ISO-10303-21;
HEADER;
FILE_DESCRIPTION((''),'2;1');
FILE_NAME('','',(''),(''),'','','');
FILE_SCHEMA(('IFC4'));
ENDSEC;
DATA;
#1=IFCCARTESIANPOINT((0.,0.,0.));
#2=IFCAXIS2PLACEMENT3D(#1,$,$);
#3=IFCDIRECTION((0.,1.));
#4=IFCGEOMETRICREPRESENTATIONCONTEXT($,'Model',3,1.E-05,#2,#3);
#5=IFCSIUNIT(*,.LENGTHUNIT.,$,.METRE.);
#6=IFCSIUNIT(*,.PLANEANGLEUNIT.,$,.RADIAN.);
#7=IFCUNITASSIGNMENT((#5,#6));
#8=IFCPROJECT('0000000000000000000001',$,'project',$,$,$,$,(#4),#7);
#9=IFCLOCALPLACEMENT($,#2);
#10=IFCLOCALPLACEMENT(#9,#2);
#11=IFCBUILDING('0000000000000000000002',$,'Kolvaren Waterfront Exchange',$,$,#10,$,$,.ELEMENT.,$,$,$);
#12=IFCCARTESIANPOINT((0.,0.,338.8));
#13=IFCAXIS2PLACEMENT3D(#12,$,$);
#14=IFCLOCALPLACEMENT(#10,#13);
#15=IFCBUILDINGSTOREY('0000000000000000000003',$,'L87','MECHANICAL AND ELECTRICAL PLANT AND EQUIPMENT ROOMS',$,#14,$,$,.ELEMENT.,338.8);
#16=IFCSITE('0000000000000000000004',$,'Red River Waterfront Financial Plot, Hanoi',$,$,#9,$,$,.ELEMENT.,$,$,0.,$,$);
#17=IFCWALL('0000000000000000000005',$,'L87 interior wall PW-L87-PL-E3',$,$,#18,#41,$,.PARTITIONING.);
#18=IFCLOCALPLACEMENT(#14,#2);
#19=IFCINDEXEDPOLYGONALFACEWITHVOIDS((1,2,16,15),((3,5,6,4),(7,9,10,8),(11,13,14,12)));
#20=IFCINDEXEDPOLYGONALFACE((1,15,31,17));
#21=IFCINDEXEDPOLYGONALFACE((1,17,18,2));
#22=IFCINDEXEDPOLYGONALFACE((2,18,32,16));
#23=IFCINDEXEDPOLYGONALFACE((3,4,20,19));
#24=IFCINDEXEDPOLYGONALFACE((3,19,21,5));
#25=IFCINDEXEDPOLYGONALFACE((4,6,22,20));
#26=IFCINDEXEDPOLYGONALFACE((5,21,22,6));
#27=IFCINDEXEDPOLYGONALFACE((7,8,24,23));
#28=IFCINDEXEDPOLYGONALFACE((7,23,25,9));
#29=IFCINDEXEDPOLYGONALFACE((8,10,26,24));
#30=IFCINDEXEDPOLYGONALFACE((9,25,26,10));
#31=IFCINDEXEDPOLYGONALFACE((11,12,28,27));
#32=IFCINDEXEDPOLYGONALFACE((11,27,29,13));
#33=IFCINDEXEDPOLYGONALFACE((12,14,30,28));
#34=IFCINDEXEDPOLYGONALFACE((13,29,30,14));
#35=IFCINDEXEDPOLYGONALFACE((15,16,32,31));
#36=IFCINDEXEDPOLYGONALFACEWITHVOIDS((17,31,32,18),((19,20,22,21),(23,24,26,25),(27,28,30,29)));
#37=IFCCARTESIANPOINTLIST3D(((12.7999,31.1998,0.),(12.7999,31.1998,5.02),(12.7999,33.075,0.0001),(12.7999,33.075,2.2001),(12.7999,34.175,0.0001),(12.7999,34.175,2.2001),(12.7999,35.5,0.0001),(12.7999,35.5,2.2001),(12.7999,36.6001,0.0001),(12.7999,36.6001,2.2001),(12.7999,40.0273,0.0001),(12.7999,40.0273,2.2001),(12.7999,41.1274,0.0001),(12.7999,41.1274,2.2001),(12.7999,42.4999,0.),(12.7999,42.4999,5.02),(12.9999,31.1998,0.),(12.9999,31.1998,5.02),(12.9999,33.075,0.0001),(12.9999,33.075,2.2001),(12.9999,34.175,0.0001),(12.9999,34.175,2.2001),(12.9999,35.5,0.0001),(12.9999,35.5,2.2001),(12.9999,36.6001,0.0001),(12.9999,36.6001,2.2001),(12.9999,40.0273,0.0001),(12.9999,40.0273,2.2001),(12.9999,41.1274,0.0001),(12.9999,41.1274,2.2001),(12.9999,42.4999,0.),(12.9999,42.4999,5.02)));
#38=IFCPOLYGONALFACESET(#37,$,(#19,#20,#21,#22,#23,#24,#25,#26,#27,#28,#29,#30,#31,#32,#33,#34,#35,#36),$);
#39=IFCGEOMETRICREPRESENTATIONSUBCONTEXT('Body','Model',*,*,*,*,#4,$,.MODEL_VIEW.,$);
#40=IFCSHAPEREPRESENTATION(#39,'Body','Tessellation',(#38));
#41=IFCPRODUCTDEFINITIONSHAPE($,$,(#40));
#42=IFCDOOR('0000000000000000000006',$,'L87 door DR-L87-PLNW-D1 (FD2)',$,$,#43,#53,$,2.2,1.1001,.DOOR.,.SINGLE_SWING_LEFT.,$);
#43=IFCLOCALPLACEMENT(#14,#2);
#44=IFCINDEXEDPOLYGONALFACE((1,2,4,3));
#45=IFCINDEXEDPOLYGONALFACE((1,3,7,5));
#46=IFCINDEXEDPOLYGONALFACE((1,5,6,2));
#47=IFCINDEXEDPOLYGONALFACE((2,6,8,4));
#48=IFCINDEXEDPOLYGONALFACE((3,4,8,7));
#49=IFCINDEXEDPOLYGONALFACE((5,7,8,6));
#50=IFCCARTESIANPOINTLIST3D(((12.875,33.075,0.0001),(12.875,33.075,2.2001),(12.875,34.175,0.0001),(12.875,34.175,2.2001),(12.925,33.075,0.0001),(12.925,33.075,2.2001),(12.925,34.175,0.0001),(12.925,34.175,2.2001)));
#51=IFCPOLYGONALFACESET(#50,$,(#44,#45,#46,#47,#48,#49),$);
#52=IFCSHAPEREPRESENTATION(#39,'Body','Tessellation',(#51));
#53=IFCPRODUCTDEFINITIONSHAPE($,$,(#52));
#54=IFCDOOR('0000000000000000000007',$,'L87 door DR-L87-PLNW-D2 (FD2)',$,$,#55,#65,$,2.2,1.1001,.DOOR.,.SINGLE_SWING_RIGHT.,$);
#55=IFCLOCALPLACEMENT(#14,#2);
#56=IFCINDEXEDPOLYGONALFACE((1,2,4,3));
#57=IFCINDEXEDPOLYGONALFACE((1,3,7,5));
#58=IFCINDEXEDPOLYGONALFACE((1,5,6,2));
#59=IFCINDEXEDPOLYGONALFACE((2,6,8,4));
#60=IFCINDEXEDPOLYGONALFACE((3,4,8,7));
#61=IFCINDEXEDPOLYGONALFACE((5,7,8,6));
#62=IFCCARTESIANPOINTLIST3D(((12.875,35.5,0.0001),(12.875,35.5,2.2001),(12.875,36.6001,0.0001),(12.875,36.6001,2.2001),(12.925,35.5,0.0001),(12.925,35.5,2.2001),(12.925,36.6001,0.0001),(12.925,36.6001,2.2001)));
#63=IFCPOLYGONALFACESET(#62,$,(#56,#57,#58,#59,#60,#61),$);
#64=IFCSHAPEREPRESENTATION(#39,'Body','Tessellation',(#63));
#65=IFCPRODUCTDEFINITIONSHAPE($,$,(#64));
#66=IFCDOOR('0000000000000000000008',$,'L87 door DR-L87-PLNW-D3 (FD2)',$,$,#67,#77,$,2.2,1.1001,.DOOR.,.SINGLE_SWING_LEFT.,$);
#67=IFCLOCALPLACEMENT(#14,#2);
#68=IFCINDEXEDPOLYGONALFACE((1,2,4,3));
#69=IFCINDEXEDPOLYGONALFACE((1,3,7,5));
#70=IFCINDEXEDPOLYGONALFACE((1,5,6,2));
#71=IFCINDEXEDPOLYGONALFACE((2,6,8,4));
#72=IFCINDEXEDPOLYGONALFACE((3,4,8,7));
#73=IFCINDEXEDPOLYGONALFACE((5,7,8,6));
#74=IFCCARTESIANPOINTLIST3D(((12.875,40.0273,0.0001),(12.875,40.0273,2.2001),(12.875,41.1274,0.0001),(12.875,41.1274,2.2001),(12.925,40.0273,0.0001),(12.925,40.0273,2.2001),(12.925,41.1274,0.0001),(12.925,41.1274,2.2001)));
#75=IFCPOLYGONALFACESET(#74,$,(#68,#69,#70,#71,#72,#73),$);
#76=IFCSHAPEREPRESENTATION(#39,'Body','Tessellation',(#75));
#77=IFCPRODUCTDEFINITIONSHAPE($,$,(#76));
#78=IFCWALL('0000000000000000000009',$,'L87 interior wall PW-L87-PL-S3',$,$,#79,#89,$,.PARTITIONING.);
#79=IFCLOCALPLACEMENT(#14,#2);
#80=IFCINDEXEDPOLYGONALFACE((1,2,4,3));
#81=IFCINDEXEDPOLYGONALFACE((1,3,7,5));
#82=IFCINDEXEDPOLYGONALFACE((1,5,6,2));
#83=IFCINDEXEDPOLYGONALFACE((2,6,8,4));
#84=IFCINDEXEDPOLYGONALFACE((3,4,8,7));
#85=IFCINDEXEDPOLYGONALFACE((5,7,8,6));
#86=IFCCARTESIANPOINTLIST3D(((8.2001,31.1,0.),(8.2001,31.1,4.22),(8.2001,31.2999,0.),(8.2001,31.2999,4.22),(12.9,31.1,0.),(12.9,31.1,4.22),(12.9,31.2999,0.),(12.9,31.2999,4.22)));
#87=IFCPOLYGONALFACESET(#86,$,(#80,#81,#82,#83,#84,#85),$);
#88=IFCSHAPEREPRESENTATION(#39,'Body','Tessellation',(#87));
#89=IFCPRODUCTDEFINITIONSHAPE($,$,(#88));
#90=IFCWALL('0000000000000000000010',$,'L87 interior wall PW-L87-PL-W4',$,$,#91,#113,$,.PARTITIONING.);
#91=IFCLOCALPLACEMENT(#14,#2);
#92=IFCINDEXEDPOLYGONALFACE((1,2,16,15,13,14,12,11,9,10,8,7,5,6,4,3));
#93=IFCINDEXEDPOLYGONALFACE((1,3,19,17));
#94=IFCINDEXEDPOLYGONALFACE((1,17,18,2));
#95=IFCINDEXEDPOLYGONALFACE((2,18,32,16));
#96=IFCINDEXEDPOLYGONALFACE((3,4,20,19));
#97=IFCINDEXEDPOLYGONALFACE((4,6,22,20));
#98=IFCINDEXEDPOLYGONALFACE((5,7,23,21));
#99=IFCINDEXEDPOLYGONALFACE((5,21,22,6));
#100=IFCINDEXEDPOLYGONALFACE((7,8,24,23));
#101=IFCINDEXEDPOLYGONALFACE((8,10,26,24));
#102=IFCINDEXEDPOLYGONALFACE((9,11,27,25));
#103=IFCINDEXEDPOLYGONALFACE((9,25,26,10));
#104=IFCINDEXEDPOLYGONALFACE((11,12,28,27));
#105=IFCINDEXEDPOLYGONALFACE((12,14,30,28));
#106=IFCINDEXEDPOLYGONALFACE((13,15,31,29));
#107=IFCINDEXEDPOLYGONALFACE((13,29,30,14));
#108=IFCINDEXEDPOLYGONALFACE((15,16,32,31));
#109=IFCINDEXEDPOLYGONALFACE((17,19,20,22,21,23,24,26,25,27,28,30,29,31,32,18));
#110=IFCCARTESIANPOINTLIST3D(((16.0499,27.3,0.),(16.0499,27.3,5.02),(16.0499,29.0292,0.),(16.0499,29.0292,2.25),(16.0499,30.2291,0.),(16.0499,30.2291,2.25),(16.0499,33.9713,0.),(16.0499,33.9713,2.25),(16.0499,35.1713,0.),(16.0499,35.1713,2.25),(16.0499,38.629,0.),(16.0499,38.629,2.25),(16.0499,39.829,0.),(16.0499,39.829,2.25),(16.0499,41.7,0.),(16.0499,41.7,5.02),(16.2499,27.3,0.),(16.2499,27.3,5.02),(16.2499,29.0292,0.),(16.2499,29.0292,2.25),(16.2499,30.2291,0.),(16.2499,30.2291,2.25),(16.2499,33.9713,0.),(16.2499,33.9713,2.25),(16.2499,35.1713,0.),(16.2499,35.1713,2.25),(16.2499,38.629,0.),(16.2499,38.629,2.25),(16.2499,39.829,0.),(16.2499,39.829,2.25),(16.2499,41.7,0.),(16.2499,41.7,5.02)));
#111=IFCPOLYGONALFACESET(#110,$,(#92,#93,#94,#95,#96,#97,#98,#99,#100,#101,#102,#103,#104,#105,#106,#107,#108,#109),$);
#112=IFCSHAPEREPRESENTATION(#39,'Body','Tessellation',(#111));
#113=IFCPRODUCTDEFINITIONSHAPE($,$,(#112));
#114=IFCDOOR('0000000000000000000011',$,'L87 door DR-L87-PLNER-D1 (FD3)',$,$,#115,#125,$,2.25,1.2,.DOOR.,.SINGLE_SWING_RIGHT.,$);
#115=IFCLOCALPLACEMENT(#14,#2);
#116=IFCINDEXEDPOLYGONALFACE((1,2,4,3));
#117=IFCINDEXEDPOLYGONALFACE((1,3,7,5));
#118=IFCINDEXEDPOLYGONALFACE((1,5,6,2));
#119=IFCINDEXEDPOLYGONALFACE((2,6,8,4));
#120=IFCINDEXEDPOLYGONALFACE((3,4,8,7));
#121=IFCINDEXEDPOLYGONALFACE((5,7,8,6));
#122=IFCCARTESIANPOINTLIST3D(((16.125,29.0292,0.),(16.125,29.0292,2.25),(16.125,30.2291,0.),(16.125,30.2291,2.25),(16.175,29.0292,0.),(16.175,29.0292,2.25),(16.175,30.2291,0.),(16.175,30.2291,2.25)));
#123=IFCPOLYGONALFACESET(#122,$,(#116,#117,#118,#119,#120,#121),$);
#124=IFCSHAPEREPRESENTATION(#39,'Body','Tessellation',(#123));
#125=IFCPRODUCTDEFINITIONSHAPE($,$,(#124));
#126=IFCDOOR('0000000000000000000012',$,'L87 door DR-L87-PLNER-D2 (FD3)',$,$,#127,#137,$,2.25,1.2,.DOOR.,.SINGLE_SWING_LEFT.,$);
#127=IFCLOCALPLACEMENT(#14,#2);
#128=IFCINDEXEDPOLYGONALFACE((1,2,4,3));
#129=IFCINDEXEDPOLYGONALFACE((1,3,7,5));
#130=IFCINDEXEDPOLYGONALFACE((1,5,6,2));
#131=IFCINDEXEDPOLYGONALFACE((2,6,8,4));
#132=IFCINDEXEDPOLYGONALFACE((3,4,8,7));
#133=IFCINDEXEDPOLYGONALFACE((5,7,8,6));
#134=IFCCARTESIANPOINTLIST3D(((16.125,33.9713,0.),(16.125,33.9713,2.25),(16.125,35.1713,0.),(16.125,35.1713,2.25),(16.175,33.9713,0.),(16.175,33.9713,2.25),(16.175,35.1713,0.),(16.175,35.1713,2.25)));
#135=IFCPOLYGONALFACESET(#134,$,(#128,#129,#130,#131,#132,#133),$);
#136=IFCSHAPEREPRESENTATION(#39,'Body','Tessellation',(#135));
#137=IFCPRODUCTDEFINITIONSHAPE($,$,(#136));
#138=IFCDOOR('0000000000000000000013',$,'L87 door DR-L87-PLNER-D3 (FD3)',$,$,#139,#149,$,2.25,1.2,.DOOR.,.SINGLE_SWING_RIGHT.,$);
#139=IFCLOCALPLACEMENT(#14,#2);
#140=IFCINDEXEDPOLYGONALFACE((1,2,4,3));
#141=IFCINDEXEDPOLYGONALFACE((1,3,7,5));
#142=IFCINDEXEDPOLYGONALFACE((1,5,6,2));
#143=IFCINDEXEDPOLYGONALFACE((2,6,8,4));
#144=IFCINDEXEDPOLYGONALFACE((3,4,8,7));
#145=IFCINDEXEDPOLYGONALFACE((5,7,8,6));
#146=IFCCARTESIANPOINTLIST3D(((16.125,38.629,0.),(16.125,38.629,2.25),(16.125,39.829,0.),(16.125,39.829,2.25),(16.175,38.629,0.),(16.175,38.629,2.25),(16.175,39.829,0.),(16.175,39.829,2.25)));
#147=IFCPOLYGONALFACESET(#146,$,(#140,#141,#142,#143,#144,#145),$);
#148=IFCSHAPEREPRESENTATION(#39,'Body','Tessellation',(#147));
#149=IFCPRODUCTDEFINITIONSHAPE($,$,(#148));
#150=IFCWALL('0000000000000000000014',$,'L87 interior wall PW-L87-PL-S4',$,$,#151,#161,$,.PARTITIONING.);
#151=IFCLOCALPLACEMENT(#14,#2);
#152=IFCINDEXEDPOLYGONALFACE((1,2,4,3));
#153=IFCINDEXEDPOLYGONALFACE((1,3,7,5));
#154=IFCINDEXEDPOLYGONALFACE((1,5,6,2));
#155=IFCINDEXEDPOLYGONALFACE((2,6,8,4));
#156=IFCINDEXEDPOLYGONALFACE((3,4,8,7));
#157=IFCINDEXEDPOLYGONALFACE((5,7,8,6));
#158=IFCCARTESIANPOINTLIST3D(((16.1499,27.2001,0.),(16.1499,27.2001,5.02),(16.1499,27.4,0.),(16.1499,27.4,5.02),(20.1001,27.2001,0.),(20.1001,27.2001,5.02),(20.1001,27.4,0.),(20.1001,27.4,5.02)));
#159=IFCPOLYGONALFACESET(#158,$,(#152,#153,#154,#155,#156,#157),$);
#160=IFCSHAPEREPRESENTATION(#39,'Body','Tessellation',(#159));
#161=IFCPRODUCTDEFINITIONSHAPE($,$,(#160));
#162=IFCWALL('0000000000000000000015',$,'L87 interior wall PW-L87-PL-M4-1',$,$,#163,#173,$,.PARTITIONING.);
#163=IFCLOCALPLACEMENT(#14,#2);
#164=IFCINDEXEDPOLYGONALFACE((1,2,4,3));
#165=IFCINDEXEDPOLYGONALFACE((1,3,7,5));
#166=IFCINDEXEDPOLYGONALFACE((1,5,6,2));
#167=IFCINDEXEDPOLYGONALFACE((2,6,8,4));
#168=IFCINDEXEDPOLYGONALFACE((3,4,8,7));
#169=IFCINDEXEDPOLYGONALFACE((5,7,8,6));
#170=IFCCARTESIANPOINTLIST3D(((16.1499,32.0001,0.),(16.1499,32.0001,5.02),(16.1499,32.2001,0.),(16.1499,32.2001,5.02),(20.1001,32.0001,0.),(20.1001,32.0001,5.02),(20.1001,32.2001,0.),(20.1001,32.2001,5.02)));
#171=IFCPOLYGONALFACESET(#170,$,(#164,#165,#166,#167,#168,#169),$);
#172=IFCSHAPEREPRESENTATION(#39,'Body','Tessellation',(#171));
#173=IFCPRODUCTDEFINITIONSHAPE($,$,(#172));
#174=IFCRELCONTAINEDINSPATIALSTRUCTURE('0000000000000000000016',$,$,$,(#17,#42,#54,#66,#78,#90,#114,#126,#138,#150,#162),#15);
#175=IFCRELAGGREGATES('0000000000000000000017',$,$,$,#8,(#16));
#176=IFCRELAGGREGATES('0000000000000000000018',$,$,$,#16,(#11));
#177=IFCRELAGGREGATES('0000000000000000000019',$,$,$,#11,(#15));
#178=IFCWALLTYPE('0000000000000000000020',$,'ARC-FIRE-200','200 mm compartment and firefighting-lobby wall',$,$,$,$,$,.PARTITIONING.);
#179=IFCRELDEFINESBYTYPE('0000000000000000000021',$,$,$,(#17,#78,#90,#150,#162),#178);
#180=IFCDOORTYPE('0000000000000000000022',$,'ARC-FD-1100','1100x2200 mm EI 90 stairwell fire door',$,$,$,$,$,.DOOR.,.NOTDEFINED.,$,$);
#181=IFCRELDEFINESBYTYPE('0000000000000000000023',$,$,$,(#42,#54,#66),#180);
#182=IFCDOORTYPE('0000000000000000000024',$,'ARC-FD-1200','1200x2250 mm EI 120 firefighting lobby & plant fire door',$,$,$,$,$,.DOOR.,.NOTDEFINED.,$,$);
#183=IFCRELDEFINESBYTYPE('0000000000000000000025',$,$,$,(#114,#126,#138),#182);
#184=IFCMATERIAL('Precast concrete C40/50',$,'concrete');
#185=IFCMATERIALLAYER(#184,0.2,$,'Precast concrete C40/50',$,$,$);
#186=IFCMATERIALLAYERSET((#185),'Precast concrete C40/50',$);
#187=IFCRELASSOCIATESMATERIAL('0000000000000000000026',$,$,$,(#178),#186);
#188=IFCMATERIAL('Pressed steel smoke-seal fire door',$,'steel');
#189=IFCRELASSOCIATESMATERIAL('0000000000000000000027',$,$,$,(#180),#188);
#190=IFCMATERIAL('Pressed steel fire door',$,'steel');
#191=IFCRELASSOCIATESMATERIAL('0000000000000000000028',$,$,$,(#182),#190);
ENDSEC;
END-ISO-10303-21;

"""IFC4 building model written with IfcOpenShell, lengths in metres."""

from ifc_helpers import new_model, si_unit, direction, frame, frame_2d, origin, place, context, subcontext, project, spatial, rectangle, extrude, material, layer, layer_set, type_object, element, fill, save


model = new_model("IFC4")

# Units and contexts
model_context = context("Model", 3, precision=1e-05, world=origin(), true_north=direction((0.0, 1.0)))
body_context = subcontext(model_context, "Body", "Model", "MODEL_VIEW")
ifc_project = project(units=[si_unit("LENGTHUNIT", "METRE"), si_unit("PLANEANGLEUNIT", "RADIAN")], contexts=[model_context])

# Site, building, storey
site_placement = place(None, origin())
site = spatial("IfcSite", under=ifc_project, at=site_placement, Name="Red River Waterfront Financial Plot, Hanoi", CompositionType="ELEMENT", RefElevation=0.0)
building_placement = place(site_placement, origin())
building = spatial("IfcBuilding", under=site, at=building_placement, Name="Kolvaren Waterfront Exchange", CompositionType="ELEMENT")
storey_placement = place(building_placement, frame((0.0, 0.0, 338.8)))
storey = spatial("IfcBuildingStorey", under=building, at=storey_placement, Name="L87", Description="MECHANICAL AND ELECTRICAL PLANT AND EQUIPMENT ROOMS", CompositionType="ELEMENT", Elevation=338.8)

# Wall, openings, doors
ifc_material_1 = material(Name="Precast concrete C40/50", Category="concrete")
ifc_layer_1 = layer(ifc_material_1, 0.2, Name="Precast concrete C40/50")
ifc_layer_set_1 = layer_set([ifc_layer_1], Name="Precast concrete C40/50")
wall_type_1 = type_object("IfcWallType", Name="ARC-FIRE-200", Description="200 mm compartment and firefighting-lobby wall", PredefinedType="PARTITIONING", material=ifc_layer_set_1)
wall_1_placement = place(storey_placement, frame((12.8999, 31.2, 0.0), z_axis=(0.0, 0.0, 1.0), x_axis=(0.0, 1.0, 0.0)))
wall_1 = element("IfcWall", 1, at=wall_1_placement, inside=storey, type_object=wall_type_1, Name="L87 interior wall PW-L87-PL-E3", PredefinedType="PARTITIONING", context=body_context, shape_type="SweptSolid", body=[
    extrude(rectangle(XDim=11.3, YDim=0.2, at=frame_2d((5.6499, 0.0))), origin(), (0.0, 0.0, 1.0), 5.02),
])
opening_1_placement = place(wall_1_placement, frame((1.875, 0.0, 0.0)))
opening_1 = element("IfcOpeningElement", 2, at=opening_1_placement, cuts=wall_1, PredefinedType="OPENING", context=body_context, shape_type="SweptSolid", body=[
    extrude(rectangle(XDim=1.1001, YDim=2.2, at=frame_2d((0.55, 1.1001))), frame((0.0, 0.1099, 0.0), z_axis=(0.0, -1.0, 0.0), x_axis=(1.0, 0.0, 0.0)), (0.0, 0.0, 1.0), 0.22),
])
opening_2_placement = place(wall_1_placement, frame((4.3, 0.0, 0.0)))
opening_2 = element("IfcOpeningElement", 3, at=opening_2_placement, cuts=wall_1, PredefinedType="OPENING", context=body_context, shape_type="SweptSolid", body=[
    extrude(rectangle(XDim=1.1001, YDim=2.2, at=frame_2d((0.55, 1.1001))), frame((0.0, 0.1099, 0.0), z_axis=(0.0, -1.0, 0.0), x_axis=(1.0, 0.0, 0.0)), (0.0, 0.0, 1.0), 0.22),
])
opening_3_placement = place(wall_1_placement, frame((8.8274, 0.0, 0.0)))
opening_3 = element("IfcOpeningElement", 4, at=opening_3_placement, cuts=wall_1, PredefinedType="OPENING", context=body_context, shape_type="SweptSolid", body=[
    extrude(rectangle(XDim=1.1001, YDim=2.2, at=frame_2d((0.55, 1.1001))), frame((0.0, 0.1099, 0.0), z_axis=(0.0, -1.0, 0.0), x_axis=(1.0, 0.0, 0.0)), (0.0, 0.0, 1.0), 0.22),
])
ifc_material_2 = material(Name="Pressed steel smoke-seal fire door", Category="steel")
door_type_1 = type_object("IfcDoorType", Name="ARC-FD-1100", Description="1100x2200 mm EI 90 stairwell fire door", OperationType="NOTDEFINED", PredefinedType="DOOR", material=ifc_material_2)
door_1_placement = place(opening_1_placement, origin())
door_1 = element("IfcDoor", 5, at=door_1_placement, inside=storey, type_object=door_type_1, Name="L87 door DR-L87-PLNW-D1 (FD2)", OperationType="SINGLE_SWING_LEFT", OverallHeight=2.2, OverallWidth=1.1001, PredefinedType="DOOR", context=body_context, shape_type="SweptSolid", body=[
    extrude(rectangle(XDim=1.1001, YDim=2.2, at=frame_2d((0.55, 1.1001))), frame((0.0, 0.0249, 0.0), z_axis=(0.0, -1.0, 0.0), x_axis=(1.0, 0.0, 0.0)), (0.0, 0.0, 1.0), 0.05),
])
fill(opening_1, door_1)
door_2_placement = place(opening_2_placement, origin())
door_2 = element("IfcDoor", 6, at=door_2_placement, inside=storey, type_object=door_type_1, Name="L87 door DR-L87-PLNW-D2 (FD2)", OperationType="SINGLE_SWING_RIGHT", OverallHeight=2.2, OverallWidth=1.1001, PredefinedType="DOOR", context=body_context, shape_type="SweptSolid", body=[
    extrude(rectangle(XDim=1.1001, YDim=2.2, at=frame_2d((0.55, 1.1001))), frame((0.0, 0.0249, 0.0), z_axis=(0.0, -1.0, 0.0), x_axis=(1.0, 0.0, 0.0)), (0.0, 0.0, 1.0), 0.05),
])
fill(opening_2, door_2)
door_3_placement = place(opening_3_placement, origin())
door_3 = element("IfcDoor", 7, at=door_3_placement, inside=storey, type_object=door_type_1, Name="L87 door DR-L87-PLNW-D3 (FD2)", OperationType="SINGLE_SWING_LEFT", OverallHeight=2.2, OverallWidth=1.1001, PredefinedType="DOOR", context=body_context, shape_type="SweptSolid", body=[
    extrude(rectangle(XDim=1.1001, YDim=2.2, at=frame_2d((0.55, 1.1001))), frame((0.0, 0.0249, 0.0), z_axis=(0.0, -1.0, 0.0), x_axis=(1.0, 0.0, 0.0)), (0.0, 0.0, 1.0), 0.05),
])
fill(opening_3, door_3)

# Wall
wall_2_placement = place(storey_placement, frame((8.2, 31.2, 0.0), z_axis=(0.0, 0.0, 1.0), x_axis=(1.0, 0.0, 0.0)))
element("IfcWall", 8, at=wall_2_placement, inside=storey, type_object=wall_type_1, Name="L87 interior wall PW-L87-PL-S3", PredefinedType="PARTITIONING", context=body_context, shape_type="SweptSolid", body=[
    extrude(rectangle(XDim=4.7, YDim=0.2, at=frame_2d((2.3501, 0.0))), origin(), (0.0, 0.0, 1.0), 4.22),
])

# Wall, openings, doors
wall_3_placement = place(storey_placement, frame((16.1499, 27.3, 0.0), z_axis=(0.0, 0.0, 1.0), x_axis=(0.0, 1.0, 0.0)))
wall_3 = element("IfcWall", 9, at=wall_3_placement, inside=storey, type_object=wall_type_1, Name="L87 interior wall PW-L87-PL-W4", PredefinedType="PARTITIONING", context=body_context, shape_type="SweptSolid", body=[
    extrude(rectangle(XDim=14.3999, YDim=0.2, at=frame_2d((7.2, 0.0))), origin(), (0.0, 0.0, 1.0), 5.02),
])
opening_4_placement = place(wall_3_placement, frame((1.729, 0.0, 0.0)))
opening_4 = element("IfcOpeningElement", 10, at=opening_4_placement, cuts=wall_3, PredefinedType="OPENING", context=body_context, shape_type="SweptSolid", body=[
    extrude(rectangle(XDim=1.2, YDim=2.25, at=frame_2d((0.6001, 1.125))), frame((0.0, 0.1099, 0.0), z_axis=(0.0, -1.0, 0.0), x_axis=(1.0, 0.0, 0.0)), (0.0, 0.0, 1.0), 0.22),
])
opening_5_placement = place(wall_3_placement, frame((6.6711, 0.0, 0.0)))
opening_5 = element("IfcOpeningElement", 11, at=opening_5_placement, cuts=wall_3, PredefinedType="OPENING", context=body_context, shape_type="SweptSolid", body=[
    extrude(rectangle(XDim=1.2, YDim=2.25, at=frame_2d((0.6001, 1.125))), frame((0.0, 0.1099, 0.0), z_axis=(0.0, -1.0, 0.0), x_axis=(1.0, 0.0, 0.0)), (0.0, 0.0, 1.0), 0.22),
])
opening_6_placement = place(wall_3_placement, frame((11.3289, 0.0, 0.0)))
opening_6 = element("IfcOpeningElement", 12, at=opening_6_placement, cuts=wall_3, PredefinedType="OPENING", context=body_context, shape_type="SweptSolid", body=[
    extrude(rectangle(XDim=1.2, YDim=2.25, at=frame_2d((0.6001, 1.125))), frame((0.0, 0.1099, 0.0), z_axis=(0.0, -1.0, 0.0), x_axis=(1.0, 0.0, 0.0)), (0.0, 0.0, 1.0), 0.22),
])
ifc_material_3 = material(Name="Pressed steel fire door", Category="steel")
door_type_2 = type_object("IfcDoorType", Name="ARC-FD-1200", Description="1200x2250 mm EI 120 firefighting lobby & plant fire door", OperationType="NOTDEFINED", PredefinedType="DOOR", material=ifc_material_3)
door_4_placement = place(opening_4_placement, origin())
door_4 = element("IfcDoor", 13, at=door_4_placement, inside=storey, type_object=door_type_2, Name="L87 door DR-L87-PLNER-D1 (FD3)", OperationType="SINGLE_SWING_RIGHT", OverallHeight=2.25, OverallWidth=1.2, PredefinedType="DOOR", context=body_context, shape_type="SweptSolid", body=[
    extrude(rectangle(XDim=1.2, YDim=2.25, at=frame_2d((0.6001, 1.125))), frame((0.0, 0.0249, 0.0), z_axis=(0.0, -1.0, 0.0), x_axis=(1.0, 0.0, 0.0)), (0.0, 0.0, 1.0), 0.05),
])
fill(opening_4, door_4)
door_5_placement = place(opening_5_placement, origin())
door_5 = element("IfcDoor", 14, at=door_5_placement, inside=storey, type_object=door_type_2, Name="L87 door DR-L87-PLNER-D2 (FD3)", OperationType="SINGLE_SWING_LEFT", OverallHeight=2.25, OverallWidth=1.2, PredefinedType="DOOR", context=body_context, shape_type="SweptSolid", body=[
    extrude(rectangle(XDim=1.2, YDim=2.25, at=frame_2d((0.6001, 1.125))), frame((0.0, 0.0249, 0.0), z_axis=(0.0, -1.0, 0.0), x_axis=(1.0, 0.0, 0.0)), (0.0, 0.0, 1.0), 0.05),
])
fill(opening_5, door_5)
door_6_placement = place(opening_6_placement, origin())
door_6 = element("IfcDoor", 15, at=door_6_placement, inside=storey, type_object=door_type_2, Name="L87 door DR-L87-PLNER-D3 (FD3)", OperationType="SINGLE_SWING_RIGHT", OverallHeight=2.25, OverallWidth=1.2, PredefinedType="DOOR", context=body_context, shape_type="SweptSolid", body=[
    extrude(rectangle(XDim=1.2, YDim=2.25, at=frame_2d((0.6001, 1.125))), frame((0.0, 0.0249, 0.0), z_axis=(0.0, -1.0, 0.0), x_axis=(1.0, 0.0, 0.0)), (0.0, 0.0, 1.0), 0.05),
])
fill(opening_6, door_6)

# Walls
for number, where, z_axis, x_axis, name in (
    (16, (16.1499, 27.3, 0.0), (0.0, 0.0, 1.0), (1.0, 0.0, 0.0), "L87 interior wall PW-L87-PL-S4"),
    (17, (16.1499, 32.1001, 0.0), (0.0, 0.0, 1.0), (1.0, 0.0, 0.0), "L87 interior wall PW-L87-PL-M4-1"),
):
    element("IfcWall", number, at=place(storey_placement, frame(where, z_axis=z_axis, x_axis=x_axis)), inside=storey, type_object=wall_type_1, Name=name, PredefinedType="PARTITIONING", context=body_context, shape_type="SweptSolid", body=[
        extrude(rectangle(XDim=3.9502, YDim=0.2, at=frame_2d((1.9751, 0.0))), origin(), (0.0, 0.0, 1.0), 5.02),
    ])

save(model, "model.ifc")
